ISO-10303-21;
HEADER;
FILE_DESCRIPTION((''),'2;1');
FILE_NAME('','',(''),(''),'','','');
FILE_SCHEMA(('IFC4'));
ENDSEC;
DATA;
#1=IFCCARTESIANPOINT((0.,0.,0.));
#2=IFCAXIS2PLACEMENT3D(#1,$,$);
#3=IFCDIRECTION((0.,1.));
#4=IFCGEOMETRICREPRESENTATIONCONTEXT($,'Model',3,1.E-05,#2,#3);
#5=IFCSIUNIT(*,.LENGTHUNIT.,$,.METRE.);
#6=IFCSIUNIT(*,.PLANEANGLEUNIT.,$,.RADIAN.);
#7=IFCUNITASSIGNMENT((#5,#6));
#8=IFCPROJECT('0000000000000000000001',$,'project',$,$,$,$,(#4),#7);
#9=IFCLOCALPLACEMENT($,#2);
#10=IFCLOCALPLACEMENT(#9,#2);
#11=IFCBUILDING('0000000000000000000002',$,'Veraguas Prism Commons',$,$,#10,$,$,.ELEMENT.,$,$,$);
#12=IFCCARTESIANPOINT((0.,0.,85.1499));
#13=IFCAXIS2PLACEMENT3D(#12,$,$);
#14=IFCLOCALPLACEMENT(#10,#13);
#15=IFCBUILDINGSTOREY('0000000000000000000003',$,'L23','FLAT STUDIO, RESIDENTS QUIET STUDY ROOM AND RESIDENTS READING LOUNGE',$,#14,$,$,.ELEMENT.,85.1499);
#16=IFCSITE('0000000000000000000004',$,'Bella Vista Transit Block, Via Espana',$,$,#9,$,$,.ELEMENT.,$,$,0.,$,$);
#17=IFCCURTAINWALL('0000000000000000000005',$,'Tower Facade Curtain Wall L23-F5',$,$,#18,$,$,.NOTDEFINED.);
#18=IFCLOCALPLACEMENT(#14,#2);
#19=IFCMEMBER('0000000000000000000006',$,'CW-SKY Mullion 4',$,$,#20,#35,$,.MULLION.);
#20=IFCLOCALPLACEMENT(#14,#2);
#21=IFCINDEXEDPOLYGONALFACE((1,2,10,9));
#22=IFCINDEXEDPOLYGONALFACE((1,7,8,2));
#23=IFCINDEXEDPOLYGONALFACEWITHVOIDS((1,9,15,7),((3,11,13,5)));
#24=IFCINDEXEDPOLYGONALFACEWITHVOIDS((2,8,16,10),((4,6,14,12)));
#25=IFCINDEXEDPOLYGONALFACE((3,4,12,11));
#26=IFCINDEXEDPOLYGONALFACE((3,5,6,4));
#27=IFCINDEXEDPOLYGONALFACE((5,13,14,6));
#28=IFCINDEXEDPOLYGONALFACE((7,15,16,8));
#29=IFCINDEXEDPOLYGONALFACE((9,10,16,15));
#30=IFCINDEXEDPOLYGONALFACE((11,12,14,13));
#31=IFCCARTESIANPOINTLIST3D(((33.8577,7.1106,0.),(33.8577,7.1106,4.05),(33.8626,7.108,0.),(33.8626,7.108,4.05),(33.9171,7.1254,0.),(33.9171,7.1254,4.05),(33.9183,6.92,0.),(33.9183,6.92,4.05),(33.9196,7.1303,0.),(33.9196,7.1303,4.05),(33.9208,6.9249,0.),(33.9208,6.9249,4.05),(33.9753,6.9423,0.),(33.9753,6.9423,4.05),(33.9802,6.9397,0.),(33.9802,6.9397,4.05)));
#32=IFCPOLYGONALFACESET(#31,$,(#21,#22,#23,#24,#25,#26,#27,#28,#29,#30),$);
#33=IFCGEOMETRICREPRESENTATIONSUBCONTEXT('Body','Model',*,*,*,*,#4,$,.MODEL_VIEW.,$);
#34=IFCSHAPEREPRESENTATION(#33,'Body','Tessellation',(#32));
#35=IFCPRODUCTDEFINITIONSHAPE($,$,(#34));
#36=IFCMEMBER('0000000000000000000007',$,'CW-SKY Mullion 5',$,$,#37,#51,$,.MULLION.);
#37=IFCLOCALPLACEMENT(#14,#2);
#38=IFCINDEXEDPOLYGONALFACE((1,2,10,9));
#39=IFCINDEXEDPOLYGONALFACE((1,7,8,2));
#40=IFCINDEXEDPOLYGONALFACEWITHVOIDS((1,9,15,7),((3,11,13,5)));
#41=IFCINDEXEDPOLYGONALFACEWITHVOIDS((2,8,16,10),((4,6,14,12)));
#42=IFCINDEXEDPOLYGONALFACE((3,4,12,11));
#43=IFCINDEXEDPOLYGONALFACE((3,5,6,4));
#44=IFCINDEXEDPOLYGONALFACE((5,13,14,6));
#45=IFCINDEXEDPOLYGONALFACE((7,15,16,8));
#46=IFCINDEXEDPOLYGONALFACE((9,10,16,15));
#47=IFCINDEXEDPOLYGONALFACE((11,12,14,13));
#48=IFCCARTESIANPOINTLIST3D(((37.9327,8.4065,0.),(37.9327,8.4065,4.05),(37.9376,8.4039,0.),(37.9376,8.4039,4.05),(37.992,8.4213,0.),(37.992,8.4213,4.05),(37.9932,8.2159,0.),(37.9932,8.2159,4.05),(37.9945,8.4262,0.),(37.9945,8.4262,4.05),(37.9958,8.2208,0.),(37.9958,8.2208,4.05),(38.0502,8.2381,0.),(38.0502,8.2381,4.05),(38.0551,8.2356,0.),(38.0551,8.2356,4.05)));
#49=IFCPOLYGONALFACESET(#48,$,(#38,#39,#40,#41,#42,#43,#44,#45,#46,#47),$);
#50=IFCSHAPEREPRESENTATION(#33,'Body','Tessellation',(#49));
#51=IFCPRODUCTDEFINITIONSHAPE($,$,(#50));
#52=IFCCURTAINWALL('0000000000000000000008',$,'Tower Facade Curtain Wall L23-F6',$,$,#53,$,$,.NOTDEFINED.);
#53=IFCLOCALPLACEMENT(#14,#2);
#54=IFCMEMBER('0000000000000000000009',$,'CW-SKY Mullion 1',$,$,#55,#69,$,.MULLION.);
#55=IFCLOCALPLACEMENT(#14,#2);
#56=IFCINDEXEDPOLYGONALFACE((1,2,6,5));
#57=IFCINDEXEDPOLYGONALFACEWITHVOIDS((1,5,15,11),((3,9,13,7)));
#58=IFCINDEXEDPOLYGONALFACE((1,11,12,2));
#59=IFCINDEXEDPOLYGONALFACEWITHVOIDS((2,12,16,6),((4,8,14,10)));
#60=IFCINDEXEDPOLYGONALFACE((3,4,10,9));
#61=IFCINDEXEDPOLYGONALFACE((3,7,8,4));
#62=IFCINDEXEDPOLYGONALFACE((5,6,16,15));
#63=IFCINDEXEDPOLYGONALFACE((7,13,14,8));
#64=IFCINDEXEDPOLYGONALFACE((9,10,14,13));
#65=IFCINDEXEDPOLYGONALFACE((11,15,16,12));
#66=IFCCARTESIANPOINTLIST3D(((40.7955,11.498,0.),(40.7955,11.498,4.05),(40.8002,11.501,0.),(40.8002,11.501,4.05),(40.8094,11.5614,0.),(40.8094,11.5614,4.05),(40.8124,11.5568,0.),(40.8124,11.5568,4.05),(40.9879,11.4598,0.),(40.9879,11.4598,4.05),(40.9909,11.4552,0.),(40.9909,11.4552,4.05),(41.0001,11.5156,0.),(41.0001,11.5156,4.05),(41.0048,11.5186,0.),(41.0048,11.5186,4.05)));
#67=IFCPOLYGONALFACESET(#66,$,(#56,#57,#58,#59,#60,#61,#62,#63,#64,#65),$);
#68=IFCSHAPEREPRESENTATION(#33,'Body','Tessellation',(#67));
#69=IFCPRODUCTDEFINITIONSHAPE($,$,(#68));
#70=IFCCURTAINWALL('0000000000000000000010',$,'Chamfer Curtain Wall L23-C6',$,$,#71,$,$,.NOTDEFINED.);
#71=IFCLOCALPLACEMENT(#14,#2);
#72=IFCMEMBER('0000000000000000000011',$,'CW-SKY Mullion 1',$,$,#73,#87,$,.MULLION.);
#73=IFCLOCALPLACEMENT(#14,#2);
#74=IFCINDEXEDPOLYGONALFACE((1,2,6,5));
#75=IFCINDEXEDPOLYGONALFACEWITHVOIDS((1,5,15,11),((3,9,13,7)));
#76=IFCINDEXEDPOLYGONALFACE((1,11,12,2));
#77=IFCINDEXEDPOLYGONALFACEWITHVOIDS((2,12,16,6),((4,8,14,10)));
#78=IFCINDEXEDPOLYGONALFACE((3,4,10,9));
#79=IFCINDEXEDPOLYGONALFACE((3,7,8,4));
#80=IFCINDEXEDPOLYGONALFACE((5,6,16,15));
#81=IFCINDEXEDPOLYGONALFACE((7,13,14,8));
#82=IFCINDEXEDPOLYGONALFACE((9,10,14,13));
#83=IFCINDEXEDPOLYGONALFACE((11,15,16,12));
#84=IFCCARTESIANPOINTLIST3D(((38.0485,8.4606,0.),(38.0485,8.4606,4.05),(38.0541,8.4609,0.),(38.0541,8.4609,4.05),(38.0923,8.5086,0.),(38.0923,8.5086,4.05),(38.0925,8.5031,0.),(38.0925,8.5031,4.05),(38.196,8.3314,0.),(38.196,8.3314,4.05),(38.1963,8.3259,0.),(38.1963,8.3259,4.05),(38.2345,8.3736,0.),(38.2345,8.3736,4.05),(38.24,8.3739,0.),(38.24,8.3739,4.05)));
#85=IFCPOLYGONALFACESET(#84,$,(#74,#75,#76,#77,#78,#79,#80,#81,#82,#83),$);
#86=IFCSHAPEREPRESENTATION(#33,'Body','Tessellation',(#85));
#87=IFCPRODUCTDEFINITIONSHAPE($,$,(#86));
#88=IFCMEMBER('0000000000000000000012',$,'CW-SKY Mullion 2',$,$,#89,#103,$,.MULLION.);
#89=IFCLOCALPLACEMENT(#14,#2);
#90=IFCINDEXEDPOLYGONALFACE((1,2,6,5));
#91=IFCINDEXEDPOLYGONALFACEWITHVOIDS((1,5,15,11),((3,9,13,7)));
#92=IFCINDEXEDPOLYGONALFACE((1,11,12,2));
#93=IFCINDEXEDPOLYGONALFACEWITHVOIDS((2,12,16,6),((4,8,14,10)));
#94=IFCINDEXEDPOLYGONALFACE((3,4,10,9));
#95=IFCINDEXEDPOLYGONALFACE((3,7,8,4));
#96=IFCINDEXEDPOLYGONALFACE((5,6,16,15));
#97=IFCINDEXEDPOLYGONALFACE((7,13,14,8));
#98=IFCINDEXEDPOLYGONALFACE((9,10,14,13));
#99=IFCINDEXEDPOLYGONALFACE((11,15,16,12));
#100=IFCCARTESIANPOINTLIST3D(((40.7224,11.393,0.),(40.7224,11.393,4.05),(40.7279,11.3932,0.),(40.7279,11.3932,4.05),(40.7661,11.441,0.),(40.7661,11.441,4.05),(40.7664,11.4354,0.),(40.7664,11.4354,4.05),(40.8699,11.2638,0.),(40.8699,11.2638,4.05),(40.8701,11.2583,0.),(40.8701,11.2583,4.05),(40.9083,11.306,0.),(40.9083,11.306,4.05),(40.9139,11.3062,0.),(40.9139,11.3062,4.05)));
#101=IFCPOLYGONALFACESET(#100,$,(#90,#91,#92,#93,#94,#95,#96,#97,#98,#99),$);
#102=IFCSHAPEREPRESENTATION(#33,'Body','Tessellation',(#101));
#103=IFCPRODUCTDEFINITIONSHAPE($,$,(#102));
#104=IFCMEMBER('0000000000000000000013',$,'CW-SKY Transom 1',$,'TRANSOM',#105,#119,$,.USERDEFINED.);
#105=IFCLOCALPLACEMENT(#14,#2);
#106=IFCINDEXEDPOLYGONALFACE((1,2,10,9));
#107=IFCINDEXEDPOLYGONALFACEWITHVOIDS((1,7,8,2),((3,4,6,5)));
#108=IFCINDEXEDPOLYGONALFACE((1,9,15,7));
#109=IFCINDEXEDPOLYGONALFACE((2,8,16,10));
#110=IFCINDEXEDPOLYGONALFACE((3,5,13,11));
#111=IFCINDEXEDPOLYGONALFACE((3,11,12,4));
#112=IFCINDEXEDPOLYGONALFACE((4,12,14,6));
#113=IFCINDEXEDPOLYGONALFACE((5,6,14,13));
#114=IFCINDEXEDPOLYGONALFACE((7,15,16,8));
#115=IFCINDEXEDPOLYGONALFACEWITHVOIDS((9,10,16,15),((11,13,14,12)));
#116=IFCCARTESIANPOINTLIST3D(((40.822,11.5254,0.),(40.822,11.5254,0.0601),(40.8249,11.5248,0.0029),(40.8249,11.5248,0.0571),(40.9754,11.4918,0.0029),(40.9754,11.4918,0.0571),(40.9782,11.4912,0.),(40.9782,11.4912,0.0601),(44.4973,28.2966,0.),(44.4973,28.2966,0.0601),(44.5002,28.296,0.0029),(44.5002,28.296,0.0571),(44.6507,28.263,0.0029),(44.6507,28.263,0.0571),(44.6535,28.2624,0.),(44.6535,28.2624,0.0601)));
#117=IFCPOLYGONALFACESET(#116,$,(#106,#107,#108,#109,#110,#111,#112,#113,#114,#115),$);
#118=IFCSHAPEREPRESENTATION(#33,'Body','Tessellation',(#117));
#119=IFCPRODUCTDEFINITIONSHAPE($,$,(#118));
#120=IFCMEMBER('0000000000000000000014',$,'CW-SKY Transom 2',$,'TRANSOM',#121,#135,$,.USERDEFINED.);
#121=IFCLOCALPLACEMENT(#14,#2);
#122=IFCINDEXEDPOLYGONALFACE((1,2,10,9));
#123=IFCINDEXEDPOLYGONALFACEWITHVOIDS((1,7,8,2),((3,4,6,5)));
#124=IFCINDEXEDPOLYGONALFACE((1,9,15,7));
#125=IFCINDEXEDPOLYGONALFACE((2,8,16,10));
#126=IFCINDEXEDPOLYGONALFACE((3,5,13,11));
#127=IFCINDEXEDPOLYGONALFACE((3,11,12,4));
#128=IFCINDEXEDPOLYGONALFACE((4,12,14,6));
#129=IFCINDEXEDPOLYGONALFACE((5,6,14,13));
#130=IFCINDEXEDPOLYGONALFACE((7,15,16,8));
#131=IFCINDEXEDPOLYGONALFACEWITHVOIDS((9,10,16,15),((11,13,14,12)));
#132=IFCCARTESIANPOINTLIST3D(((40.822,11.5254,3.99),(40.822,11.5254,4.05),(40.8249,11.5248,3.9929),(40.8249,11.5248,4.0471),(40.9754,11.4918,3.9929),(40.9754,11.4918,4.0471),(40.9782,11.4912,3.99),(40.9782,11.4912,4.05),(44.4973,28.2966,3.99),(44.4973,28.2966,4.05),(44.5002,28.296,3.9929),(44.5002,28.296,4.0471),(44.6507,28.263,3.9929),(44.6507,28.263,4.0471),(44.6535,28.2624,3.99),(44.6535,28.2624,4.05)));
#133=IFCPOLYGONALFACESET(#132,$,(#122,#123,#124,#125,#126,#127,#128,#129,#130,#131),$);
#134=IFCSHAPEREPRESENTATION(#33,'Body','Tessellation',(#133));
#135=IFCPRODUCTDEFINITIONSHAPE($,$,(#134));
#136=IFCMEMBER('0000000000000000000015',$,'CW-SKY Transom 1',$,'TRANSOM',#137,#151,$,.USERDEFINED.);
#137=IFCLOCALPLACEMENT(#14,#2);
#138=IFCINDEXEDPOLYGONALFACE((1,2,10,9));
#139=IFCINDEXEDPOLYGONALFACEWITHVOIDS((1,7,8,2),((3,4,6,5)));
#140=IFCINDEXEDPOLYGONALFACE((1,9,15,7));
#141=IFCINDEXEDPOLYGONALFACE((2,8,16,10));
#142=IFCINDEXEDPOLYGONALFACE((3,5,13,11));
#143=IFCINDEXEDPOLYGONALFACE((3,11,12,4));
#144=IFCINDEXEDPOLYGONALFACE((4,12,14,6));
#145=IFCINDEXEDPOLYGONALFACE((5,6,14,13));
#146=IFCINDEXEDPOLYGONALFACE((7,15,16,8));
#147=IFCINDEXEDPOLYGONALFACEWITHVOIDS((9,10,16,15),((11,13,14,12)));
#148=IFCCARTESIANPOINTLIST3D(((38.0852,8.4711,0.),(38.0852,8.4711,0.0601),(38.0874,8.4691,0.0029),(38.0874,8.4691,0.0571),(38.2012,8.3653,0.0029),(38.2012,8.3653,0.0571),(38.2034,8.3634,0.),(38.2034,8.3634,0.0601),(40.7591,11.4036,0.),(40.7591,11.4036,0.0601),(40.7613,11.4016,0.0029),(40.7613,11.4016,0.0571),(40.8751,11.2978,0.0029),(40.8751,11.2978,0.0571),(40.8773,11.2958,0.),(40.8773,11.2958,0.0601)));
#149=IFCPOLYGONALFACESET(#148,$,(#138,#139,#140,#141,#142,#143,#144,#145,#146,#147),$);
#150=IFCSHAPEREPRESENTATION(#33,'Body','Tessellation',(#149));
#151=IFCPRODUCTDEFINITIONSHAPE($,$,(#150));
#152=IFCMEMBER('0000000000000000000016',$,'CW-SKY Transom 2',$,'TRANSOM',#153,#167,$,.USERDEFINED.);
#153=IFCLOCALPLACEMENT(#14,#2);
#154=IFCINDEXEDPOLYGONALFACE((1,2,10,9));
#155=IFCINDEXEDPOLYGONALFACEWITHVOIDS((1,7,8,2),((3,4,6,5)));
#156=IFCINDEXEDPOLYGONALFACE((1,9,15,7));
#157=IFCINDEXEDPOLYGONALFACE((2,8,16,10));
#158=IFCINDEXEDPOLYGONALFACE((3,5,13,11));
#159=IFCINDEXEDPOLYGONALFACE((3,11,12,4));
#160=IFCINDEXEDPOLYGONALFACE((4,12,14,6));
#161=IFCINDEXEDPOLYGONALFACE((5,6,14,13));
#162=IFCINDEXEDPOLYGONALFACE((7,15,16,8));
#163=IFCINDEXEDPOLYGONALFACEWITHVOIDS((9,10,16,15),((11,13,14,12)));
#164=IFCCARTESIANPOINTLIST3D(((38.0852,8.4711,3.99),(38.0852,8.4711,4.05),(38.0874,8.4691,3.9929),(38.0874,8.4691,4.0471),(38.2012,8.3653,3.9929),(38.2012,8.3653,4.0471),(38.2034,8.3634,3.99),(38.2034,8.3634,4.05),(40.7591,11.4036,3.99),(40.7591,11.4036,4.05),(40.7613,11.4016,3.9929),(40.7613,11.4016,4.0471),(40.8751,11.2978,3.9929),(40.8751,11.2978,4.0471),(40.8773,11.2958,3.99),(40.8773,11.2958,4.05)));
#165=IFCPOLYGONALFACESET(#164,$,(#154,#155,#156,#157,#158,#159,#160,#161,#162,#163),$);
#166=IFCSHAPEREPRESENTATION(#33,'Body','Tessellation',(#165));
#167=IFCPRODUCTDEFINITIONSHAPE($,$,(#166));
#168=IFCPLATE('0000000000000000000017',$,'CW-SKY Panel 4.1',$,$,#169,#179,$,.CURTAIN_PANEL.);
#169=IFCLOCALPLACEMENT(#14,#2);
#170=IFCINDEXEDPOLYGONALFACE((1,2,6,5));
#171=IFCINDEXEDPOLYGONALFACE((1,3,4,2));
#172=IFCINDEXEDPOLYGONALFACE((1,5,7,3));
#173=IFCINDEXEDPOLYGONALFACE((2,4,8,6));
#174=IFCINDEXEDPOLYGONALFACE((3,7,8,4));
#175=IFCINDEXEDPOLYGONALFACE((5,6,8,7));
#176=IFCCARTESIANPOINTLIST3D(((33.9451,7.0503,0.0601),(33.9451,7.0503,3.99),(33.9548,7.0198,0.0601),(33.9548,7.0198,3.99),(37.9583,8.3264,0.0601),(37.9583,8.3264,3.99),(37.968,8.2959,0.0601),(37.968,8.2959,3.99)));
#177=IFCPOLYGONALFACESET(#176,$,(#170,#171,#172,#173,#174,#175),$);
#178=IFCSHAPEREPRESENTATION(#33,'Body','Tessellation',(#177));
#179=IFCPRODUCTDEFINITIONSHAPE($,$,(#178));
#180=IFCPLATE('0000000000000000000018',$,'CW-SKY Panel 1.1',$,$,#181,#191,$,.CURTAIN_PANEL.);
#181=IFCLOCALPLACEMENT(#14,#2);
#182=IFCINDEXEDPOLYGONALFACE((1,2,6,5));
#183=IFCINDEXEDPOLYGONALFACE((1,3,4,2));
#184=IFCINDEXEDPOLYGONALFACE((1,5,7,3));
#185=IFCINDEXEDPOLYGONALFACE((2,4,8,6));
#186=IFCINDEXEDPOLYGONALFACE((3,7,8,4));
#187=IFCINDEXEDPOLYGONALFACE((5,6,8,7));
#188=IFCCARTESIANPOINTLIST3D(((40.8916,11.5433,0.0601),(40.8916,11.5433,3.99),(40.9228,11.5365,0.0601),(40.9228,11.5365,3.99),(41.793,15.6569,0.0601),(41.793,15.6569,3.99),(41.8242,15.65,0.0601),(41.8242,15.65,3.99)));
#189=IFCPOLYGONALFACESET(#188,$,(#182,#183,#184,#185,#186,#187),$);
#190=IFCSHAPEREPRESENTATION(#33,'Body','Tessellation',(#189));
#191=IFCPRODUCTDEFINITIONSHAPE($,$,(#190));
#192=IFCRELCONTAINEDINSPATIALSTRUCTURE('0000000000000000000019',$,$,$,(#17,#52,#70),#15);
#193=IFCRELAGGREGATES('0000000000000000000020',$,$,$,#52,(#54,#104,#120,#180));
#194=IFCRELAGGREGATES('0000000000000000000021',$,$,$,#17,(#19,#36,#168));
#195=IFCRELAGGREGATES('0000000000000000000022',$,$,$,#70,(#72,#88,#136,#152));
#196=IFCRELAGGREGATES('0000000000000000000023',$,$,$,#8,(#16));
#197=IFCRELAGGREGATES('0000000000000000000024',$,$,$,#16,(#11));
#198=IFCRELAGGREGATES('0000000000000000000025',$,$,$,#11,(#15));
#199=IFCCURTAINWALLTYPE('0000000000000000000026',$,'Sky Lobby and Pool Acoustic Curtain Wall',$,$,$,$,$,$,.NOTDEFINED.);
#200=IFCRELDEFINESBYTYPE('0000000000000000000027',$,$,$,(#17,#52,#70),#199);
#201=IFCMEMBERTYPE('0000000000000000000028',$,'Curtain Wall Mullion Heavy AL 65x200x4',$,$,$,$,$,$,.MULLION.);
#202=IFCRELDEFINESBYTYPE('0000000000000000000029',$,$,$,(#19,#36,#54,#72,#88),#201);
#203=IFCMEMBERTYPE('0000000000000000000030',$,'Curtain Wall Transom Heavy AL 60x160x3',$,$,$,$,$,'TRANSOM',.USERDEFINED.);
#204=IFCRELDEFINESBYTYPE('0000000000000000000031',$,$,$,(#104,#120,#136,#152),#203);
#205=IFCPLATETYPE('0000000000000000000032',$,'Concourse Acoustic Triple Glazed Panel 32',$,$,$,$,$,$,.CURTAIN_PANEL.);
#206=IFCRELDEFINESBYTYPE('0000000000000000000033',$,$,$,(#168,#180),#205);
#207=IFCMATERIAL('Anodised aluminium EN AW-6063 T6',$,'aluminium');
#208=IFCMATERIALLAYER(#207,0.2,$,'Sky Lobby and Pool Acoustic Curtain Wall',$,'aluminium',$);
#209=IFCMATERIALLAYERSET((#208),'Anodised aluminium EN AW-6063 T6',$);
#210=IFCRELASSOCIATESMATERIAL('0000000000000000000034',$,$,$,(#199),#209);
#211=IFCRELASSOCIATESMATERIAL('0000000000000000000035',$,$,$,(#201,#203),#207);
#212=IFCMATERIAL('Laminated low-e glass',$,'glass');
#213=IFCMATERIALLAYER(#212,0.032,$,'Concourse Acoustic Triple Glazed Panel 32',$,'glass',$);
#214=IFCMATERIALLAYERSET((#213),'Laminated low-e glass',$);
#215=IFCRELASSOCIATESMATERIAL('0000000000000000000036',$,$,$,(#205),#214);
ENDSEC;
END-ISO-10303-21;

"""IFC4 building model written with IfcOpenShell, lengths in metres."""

from ifc_helpers import new_model, si_unit, direction, frame, origin, origin_2d, place, context, subcontext, project, spatial, rectangle, hollow_rectangle, extrude, source, transform, mapped, material, layer, layer_set, material_profile, profile_set, type_object, element, aggregate, save


model = new_model("IFC4")

# Units and contexts
model_context = context("Model", 3, precision=1e-05, world=origin(), true_north=direction((0.0, 1.0)))
body_context = subcontext(model_context, "Body", "Model", "MODEL_VIEW")
ifc_project = project(units=[si_unit("LENGTHUNIT", "METRE"), si_unit("PLANEANGLEUNIT", "RADIAN")], contexts=[model_context])

# Site, building, storey
site_placement = place(None, origin())
site = spatial("IfcSite", under=ifc_project, at=site_placement, Name="Bella Vista Transit Block, Via Espana", CompositionType="ELEMENT", RefElevation=0.0)
building_placement = place(site_placement, origin())
building = spatial("IfcBuilding", under=site, at=building_placement, Name="Veraguas Prism Commons", CompositionType="ELEMENT")
storey_placement = place(building_placement, frame((0.0, 0.0, 85.1499)))
storey = spatial("IfcBuildingStorey", under=building, at=storey_placement, Name="L23", Description="FLAT STUDIO, RESIDENTS QUIET STUDY ROOM AND RESIDENTS READING LOUNGE", CompositionType="ELEMENT", Elevation=85.1499)

# Curtain wall, members
ifc_material_1 = material(Name="Anodised aluminium EN AW-6063 T6", Category="aluminium")
ifc_layer_1 = layer(ifc_material_1, 0.2, Name="Sky Lobby and Pool Acoustic Curtain Wall", Category="aluminium")
ifc_layer_set_1 = layer_set([ifc_layer_1], Name="Anodised aluminium EN AW-6063 T6")
curtain_wall_type = type_object("IfcCurtainWallType", Name="Sky Lobby and Pool Acoustic Curtain Wall", PredefinedType="NOTDEFINED", material=ifc_layer_set_1)
curtain_wall_1_placement = place(storey_placement, origin())
curtain_wall_1 = element("IfcCurtainWall", 1, at=curtain_wall_1_placement, inside=storey, type_object=curtain_wall_type, Name="Tower Facade Curtain Wall L23-F5", PredefinedType="NOTDEFINED")
ifc_material_profile_1 = material_profile(ifc_material_1, hollow_rectangle(XDim=0.0649, YDim=0.2, WallThickness=0.0039, at=origin_2d()), Name="AL65X200X4")
ifc_profile_set_1 = profile_set([ifc_material_profile_1], Name="Anodised aluminium EN AW-6063 T6")
member_type_1 = type_object("IfcMemberType", Name="Curtain Wall Mullion Heavy AL 65x200x4", PredefinedType="MULLION", material=ifc_profile_set_1)
shared_shape_1 = source(origin(), body_context, "Body", "SweptSolid", [
    extrude(hollow_rectangle(XDim=0.0649, YDim=0.2, WallThickness=0.0039, at=origin_2d()), origin(), (0.0, 0.0, 1.0), 4.05),
])
member_1_placement = place(storey_placement, frame((33.9189, 7.0251, 0.0), z_axis=(0.0, 0.0, 1.0), x_axis=(0.952979, 0.303035, 0.0)))
member_1 = element("IfcMember", 2, at=member_1_placement, type_object=member_type_1, Name="CW-SKY Mullion 4", PredefinedType="MULLION", context=body_context, shape_type="MappedRepresentation", body=[
    mapped(shared_shape_1, transform((0.0, 0.0, 0.0), scale=1.0)),
])
member_2_placement = place(storey_placement, frame((37.9939, 8.321, 0.0), z_axis=(0.0, 0.0, 1.0), x_axis=(0.952979, 0.303035, 0.0)))
member_2 = element("IfcMember", 3, at=member_2_placement, type_object=member_type_1, Name="CW-SKY Mullion 5", PredefinedType="MULLION", context=body_context, shape_type="MappedRepresentation", body=[
    mapped(shared_shape_1, transform((0.0, 0.0, 0.0), scale=1.0)),
])

# Curtain wall, member
curtain_wall_2_placement = place(storey_placement, origin())
curtain_wall_2 = element("IfcCurtainWall", 4, at=curtain_wall_2_placement, inside=storey, type_object=curtain_wall_type, Name="Tower Facade Curtain Wall L23-F6", PredefinedType="NOTDEFINED")
member_3_placement = place(storey_placement, frame((40.9001, 11.5083, 0.0), z_axis=(0.0, 0.0, 1.0), x_axis=(0.214055, 0.976822, 0.0)))
member_3 = element("IfcMember", 5, at=member_3_placement, type_object=member_type_1, Name="CW-SKY Mullion 1", PredefinedType="MULLION", context=body_context, shape_type="MappedRepresentation", body=[
    mapped(shared_shape_1, transform((0.0, 0.0, 0.0), scale=1.0)),
])

# Curtain wall, members
curtain_wall_3_placement = place(storey_placement, origin())
curtain_wall_3 = element("IfcCurtainWall", 6, at=curtain_wall_3_placement, inside=storey, type_object=curtain_wall_type, Name="Chamfer Curtain Wall L23-C6", PredefinedType="NOTDEFINED")
member_4_placement = place(storey_placement, frame((38.1443, 8.4172, 0.0), z_axis=(0.0, 0.0, 1.0), x_axis=(0.673791, 0.738922, 0.0)))
member_4 = element("IfcMember", 7, at=member_4_placement, type_object=member_type_1, Name="CW-SKY Mullion 1", PredefinedType="MULLION", context=body_context, shape_type="MappedRepresentation", body=[
    mapped(shared_shape_1, transform((0.0, 0.0, 0.0), scale=1.0)),
])
member_5_placement = place(storey_placement, frame((40.8181, 11.3496, 0.0), z_axis=(0.0, 0.0, 1.0), x_axis=(0.673791, 0.738922, 0.0)))
member_5 = element("IfcMember", 8, at=member_5_placement, type_object=member_type_1, Name="CW-SKY Mullion 2", PredefinedType="MULLION", context=body_context, shape_type="MappedRepresentation", body=[
    mapped(shared_shape_1, transform((0.0, 0.0, 0.0), scale=1.0)),
])

# Members
ifc_material_profile_2 = material_profile(ifc_material_1, hollow_rectangle(XDim=0.0601, YDim=0.1599, WallThickness=0.0029, at=origin_2d()), Name="AL60X160X3")
ifc_profile_set_2 = profile_set([ifc_material_profile_2], Name="Anodised aluminium EN AW-6063 T6")
member_type_2 = type_object("IfcMemberType", Name="Curtain Wall Transom Heavy AL 60x160x3", ElementType="TRANSOM", PredefinedType="USERDEFINED", material=ifc_profile_set_2)
shared_shape_2 = source(origin(), body_context, "Body", "SweptSolid", [
    extrude(hollow_rectangle(XDim=0.0601, YDim=0.1599, WallThickness=0.0029, at=origin_2d()), origin(), (0.0, 0.0, 1.0), 17.1692),
])
member_6_placement = place(storey_placement, frame((40.9001, 11.5083, 0.03), z_axis=(0.214063, 0.97682, 0.0), x_axis=(0.0, 0.0, 1.0)))
member_6 = element("IfcMember", 9, at=member_6_placement, type_object=member_type_2, Name="CW-SKY Transom 1", ObjectType="TRANSOM", PredefinedType="USERDEFINED", context=body_context, shape_type="MappedRepresentation", body=[
    mapped(shared_shape_2, transform((0.0, 0.0, 0.0), scale=1.0)),
])
member_7_placement = place(storey_placement, frame((40.9001, 11.5083, 4.02), z_axis=(0.214063, 0.97682, 0.0), x_axis=(0.0, 0.0, 1.0)))
member_7 = element("IfcMember", 10, at=member_7_placement, type_object=member_type_2, Name="CW-SKY Transom 2", ObjectType="TRANSOM", PredefinedType="USERDEFINED", context=body_context, shape_type="MappedRepresentation", body=[
    mapped(shared_shape_2, transform((0.0, 0.0, 0.0), scale=1.0)),
])
shared_shape_3 = source(origin(), body_context, "Body", "SweptSolid", [
    extrude(hollow_rectangle(XDim=0.0601, YDim=0.1599, WallThickness=0.0029, at=origin_2d()), origin(), (0.0, 0.0, 1.0), 3.9685),
])
member_8_placement = place(storey_placement, frame((38.1443, 8.4172, 0.03), z_axis=(0.673781, 0.738932, 0.0), x_axis=(0.0, 0.0, 1.0)))
member_8 = element("IfcMember", 11, at=member_8_placement, type_object=member_type_2, Name="CW-SKY Transom 1", ObjectType="TRANSOM", PredefinedType="USERDEFINED", context=body_context, shape_type="MappedRepresentation", body=[
    mapped(shared_shape_3, transform((0.0, 0.0, 0.0), scale=1.0)),
])
member_9_placement = place(storey_placement, frame((38.1443, 8.4172, 4.02), z_axis=(0.673781, 0.738932, 0.0), x_axis=(0.0, 0.0, 1.0)))
member_9 = element("IfcMember", 12, at=member_9_placement, type_object=member_type_2, Name="CW-SKY Transom 2", ObjectType="TRANSOM", PredefinedType="USERDEFINED", context=body_context, shape_type="MappedRepresentation", body=[
    mapped(shared_shape_3, transform((0.0, 0.0, 0.0), scale=1.0)),
])

# Plates
ifc_material_2 = material(Name="Laminated low-e glass", Category="glass")
ifc_layer_2 = layer(ifc_material_2, 0.032, Name="Concourse Acoustic Triple Glazed Panel 32", Category="glass")
ifc_layer_set_2 = layer_set([ifc_layer_2], Name="Laminated low-e glass")
plate_type = type_object("IfcPlateType", Name="Concourse Acoustic Triple Glazed Panel 32", PredefinedType="CURTAIN_PANEL", material=ifc_layer_set_2)
shared_shape_4 = source(origin(), body_context, "Body", "SweptSolid", [
    extrude(rectangle(XDim=4.2112, YDim=0.032, at=origin_2d()), origin(), (0.0, 0.0, 1.0), 3.9299),
])
plate_1_placement = place(storey_placement, frame((35.9565, 7.6731, 0.0601), z_axis=(0.0, 0.0, 1.0), x_axis=(0.952979, 0.303035, 0.0)))
plate_1 = element("IfcPlate", 13, at=plate_1_placement, type_object=plate_type, Name="CW-SKY Panel 4.1", PredefinedType="CURTAIN_PANEL", context=body_context, shape_type="MappedRepresentation", body=[
    mapped(shared_shape_4, transform((0.0, 0.0, 0.0), scale=1.0)),
])
plate_2_placement = place(storey_placement, frame((41.3579, 13.5967, 0.0601), z_axis=(0.0, 0.0, 1.0), x_axis=(0.214055, 0.976822, 0.0)))
plate_2 = element("IfcPlate", 14, at=plate_2_placement, type_object=plate_type, Name="CW-SKY Panel 1.1", PredefinedType="CURTAIN_PANEL", context=body_context, shape_type="MappedRepresentation", body=[
    mapped(shared_shape_4, transform((0.0, 0.0, 0.0), scale=1.0)),
])
aggregate(curtain_wall_2, [member_3, member_6, member_7, plate_2])
aggregate(curtain_wall_1, [member_1, member_2, plate_1])
aggregate(curtain_wall_3, [member_4, member_5, member_8, member_9])

save(model, "model.ifc")
